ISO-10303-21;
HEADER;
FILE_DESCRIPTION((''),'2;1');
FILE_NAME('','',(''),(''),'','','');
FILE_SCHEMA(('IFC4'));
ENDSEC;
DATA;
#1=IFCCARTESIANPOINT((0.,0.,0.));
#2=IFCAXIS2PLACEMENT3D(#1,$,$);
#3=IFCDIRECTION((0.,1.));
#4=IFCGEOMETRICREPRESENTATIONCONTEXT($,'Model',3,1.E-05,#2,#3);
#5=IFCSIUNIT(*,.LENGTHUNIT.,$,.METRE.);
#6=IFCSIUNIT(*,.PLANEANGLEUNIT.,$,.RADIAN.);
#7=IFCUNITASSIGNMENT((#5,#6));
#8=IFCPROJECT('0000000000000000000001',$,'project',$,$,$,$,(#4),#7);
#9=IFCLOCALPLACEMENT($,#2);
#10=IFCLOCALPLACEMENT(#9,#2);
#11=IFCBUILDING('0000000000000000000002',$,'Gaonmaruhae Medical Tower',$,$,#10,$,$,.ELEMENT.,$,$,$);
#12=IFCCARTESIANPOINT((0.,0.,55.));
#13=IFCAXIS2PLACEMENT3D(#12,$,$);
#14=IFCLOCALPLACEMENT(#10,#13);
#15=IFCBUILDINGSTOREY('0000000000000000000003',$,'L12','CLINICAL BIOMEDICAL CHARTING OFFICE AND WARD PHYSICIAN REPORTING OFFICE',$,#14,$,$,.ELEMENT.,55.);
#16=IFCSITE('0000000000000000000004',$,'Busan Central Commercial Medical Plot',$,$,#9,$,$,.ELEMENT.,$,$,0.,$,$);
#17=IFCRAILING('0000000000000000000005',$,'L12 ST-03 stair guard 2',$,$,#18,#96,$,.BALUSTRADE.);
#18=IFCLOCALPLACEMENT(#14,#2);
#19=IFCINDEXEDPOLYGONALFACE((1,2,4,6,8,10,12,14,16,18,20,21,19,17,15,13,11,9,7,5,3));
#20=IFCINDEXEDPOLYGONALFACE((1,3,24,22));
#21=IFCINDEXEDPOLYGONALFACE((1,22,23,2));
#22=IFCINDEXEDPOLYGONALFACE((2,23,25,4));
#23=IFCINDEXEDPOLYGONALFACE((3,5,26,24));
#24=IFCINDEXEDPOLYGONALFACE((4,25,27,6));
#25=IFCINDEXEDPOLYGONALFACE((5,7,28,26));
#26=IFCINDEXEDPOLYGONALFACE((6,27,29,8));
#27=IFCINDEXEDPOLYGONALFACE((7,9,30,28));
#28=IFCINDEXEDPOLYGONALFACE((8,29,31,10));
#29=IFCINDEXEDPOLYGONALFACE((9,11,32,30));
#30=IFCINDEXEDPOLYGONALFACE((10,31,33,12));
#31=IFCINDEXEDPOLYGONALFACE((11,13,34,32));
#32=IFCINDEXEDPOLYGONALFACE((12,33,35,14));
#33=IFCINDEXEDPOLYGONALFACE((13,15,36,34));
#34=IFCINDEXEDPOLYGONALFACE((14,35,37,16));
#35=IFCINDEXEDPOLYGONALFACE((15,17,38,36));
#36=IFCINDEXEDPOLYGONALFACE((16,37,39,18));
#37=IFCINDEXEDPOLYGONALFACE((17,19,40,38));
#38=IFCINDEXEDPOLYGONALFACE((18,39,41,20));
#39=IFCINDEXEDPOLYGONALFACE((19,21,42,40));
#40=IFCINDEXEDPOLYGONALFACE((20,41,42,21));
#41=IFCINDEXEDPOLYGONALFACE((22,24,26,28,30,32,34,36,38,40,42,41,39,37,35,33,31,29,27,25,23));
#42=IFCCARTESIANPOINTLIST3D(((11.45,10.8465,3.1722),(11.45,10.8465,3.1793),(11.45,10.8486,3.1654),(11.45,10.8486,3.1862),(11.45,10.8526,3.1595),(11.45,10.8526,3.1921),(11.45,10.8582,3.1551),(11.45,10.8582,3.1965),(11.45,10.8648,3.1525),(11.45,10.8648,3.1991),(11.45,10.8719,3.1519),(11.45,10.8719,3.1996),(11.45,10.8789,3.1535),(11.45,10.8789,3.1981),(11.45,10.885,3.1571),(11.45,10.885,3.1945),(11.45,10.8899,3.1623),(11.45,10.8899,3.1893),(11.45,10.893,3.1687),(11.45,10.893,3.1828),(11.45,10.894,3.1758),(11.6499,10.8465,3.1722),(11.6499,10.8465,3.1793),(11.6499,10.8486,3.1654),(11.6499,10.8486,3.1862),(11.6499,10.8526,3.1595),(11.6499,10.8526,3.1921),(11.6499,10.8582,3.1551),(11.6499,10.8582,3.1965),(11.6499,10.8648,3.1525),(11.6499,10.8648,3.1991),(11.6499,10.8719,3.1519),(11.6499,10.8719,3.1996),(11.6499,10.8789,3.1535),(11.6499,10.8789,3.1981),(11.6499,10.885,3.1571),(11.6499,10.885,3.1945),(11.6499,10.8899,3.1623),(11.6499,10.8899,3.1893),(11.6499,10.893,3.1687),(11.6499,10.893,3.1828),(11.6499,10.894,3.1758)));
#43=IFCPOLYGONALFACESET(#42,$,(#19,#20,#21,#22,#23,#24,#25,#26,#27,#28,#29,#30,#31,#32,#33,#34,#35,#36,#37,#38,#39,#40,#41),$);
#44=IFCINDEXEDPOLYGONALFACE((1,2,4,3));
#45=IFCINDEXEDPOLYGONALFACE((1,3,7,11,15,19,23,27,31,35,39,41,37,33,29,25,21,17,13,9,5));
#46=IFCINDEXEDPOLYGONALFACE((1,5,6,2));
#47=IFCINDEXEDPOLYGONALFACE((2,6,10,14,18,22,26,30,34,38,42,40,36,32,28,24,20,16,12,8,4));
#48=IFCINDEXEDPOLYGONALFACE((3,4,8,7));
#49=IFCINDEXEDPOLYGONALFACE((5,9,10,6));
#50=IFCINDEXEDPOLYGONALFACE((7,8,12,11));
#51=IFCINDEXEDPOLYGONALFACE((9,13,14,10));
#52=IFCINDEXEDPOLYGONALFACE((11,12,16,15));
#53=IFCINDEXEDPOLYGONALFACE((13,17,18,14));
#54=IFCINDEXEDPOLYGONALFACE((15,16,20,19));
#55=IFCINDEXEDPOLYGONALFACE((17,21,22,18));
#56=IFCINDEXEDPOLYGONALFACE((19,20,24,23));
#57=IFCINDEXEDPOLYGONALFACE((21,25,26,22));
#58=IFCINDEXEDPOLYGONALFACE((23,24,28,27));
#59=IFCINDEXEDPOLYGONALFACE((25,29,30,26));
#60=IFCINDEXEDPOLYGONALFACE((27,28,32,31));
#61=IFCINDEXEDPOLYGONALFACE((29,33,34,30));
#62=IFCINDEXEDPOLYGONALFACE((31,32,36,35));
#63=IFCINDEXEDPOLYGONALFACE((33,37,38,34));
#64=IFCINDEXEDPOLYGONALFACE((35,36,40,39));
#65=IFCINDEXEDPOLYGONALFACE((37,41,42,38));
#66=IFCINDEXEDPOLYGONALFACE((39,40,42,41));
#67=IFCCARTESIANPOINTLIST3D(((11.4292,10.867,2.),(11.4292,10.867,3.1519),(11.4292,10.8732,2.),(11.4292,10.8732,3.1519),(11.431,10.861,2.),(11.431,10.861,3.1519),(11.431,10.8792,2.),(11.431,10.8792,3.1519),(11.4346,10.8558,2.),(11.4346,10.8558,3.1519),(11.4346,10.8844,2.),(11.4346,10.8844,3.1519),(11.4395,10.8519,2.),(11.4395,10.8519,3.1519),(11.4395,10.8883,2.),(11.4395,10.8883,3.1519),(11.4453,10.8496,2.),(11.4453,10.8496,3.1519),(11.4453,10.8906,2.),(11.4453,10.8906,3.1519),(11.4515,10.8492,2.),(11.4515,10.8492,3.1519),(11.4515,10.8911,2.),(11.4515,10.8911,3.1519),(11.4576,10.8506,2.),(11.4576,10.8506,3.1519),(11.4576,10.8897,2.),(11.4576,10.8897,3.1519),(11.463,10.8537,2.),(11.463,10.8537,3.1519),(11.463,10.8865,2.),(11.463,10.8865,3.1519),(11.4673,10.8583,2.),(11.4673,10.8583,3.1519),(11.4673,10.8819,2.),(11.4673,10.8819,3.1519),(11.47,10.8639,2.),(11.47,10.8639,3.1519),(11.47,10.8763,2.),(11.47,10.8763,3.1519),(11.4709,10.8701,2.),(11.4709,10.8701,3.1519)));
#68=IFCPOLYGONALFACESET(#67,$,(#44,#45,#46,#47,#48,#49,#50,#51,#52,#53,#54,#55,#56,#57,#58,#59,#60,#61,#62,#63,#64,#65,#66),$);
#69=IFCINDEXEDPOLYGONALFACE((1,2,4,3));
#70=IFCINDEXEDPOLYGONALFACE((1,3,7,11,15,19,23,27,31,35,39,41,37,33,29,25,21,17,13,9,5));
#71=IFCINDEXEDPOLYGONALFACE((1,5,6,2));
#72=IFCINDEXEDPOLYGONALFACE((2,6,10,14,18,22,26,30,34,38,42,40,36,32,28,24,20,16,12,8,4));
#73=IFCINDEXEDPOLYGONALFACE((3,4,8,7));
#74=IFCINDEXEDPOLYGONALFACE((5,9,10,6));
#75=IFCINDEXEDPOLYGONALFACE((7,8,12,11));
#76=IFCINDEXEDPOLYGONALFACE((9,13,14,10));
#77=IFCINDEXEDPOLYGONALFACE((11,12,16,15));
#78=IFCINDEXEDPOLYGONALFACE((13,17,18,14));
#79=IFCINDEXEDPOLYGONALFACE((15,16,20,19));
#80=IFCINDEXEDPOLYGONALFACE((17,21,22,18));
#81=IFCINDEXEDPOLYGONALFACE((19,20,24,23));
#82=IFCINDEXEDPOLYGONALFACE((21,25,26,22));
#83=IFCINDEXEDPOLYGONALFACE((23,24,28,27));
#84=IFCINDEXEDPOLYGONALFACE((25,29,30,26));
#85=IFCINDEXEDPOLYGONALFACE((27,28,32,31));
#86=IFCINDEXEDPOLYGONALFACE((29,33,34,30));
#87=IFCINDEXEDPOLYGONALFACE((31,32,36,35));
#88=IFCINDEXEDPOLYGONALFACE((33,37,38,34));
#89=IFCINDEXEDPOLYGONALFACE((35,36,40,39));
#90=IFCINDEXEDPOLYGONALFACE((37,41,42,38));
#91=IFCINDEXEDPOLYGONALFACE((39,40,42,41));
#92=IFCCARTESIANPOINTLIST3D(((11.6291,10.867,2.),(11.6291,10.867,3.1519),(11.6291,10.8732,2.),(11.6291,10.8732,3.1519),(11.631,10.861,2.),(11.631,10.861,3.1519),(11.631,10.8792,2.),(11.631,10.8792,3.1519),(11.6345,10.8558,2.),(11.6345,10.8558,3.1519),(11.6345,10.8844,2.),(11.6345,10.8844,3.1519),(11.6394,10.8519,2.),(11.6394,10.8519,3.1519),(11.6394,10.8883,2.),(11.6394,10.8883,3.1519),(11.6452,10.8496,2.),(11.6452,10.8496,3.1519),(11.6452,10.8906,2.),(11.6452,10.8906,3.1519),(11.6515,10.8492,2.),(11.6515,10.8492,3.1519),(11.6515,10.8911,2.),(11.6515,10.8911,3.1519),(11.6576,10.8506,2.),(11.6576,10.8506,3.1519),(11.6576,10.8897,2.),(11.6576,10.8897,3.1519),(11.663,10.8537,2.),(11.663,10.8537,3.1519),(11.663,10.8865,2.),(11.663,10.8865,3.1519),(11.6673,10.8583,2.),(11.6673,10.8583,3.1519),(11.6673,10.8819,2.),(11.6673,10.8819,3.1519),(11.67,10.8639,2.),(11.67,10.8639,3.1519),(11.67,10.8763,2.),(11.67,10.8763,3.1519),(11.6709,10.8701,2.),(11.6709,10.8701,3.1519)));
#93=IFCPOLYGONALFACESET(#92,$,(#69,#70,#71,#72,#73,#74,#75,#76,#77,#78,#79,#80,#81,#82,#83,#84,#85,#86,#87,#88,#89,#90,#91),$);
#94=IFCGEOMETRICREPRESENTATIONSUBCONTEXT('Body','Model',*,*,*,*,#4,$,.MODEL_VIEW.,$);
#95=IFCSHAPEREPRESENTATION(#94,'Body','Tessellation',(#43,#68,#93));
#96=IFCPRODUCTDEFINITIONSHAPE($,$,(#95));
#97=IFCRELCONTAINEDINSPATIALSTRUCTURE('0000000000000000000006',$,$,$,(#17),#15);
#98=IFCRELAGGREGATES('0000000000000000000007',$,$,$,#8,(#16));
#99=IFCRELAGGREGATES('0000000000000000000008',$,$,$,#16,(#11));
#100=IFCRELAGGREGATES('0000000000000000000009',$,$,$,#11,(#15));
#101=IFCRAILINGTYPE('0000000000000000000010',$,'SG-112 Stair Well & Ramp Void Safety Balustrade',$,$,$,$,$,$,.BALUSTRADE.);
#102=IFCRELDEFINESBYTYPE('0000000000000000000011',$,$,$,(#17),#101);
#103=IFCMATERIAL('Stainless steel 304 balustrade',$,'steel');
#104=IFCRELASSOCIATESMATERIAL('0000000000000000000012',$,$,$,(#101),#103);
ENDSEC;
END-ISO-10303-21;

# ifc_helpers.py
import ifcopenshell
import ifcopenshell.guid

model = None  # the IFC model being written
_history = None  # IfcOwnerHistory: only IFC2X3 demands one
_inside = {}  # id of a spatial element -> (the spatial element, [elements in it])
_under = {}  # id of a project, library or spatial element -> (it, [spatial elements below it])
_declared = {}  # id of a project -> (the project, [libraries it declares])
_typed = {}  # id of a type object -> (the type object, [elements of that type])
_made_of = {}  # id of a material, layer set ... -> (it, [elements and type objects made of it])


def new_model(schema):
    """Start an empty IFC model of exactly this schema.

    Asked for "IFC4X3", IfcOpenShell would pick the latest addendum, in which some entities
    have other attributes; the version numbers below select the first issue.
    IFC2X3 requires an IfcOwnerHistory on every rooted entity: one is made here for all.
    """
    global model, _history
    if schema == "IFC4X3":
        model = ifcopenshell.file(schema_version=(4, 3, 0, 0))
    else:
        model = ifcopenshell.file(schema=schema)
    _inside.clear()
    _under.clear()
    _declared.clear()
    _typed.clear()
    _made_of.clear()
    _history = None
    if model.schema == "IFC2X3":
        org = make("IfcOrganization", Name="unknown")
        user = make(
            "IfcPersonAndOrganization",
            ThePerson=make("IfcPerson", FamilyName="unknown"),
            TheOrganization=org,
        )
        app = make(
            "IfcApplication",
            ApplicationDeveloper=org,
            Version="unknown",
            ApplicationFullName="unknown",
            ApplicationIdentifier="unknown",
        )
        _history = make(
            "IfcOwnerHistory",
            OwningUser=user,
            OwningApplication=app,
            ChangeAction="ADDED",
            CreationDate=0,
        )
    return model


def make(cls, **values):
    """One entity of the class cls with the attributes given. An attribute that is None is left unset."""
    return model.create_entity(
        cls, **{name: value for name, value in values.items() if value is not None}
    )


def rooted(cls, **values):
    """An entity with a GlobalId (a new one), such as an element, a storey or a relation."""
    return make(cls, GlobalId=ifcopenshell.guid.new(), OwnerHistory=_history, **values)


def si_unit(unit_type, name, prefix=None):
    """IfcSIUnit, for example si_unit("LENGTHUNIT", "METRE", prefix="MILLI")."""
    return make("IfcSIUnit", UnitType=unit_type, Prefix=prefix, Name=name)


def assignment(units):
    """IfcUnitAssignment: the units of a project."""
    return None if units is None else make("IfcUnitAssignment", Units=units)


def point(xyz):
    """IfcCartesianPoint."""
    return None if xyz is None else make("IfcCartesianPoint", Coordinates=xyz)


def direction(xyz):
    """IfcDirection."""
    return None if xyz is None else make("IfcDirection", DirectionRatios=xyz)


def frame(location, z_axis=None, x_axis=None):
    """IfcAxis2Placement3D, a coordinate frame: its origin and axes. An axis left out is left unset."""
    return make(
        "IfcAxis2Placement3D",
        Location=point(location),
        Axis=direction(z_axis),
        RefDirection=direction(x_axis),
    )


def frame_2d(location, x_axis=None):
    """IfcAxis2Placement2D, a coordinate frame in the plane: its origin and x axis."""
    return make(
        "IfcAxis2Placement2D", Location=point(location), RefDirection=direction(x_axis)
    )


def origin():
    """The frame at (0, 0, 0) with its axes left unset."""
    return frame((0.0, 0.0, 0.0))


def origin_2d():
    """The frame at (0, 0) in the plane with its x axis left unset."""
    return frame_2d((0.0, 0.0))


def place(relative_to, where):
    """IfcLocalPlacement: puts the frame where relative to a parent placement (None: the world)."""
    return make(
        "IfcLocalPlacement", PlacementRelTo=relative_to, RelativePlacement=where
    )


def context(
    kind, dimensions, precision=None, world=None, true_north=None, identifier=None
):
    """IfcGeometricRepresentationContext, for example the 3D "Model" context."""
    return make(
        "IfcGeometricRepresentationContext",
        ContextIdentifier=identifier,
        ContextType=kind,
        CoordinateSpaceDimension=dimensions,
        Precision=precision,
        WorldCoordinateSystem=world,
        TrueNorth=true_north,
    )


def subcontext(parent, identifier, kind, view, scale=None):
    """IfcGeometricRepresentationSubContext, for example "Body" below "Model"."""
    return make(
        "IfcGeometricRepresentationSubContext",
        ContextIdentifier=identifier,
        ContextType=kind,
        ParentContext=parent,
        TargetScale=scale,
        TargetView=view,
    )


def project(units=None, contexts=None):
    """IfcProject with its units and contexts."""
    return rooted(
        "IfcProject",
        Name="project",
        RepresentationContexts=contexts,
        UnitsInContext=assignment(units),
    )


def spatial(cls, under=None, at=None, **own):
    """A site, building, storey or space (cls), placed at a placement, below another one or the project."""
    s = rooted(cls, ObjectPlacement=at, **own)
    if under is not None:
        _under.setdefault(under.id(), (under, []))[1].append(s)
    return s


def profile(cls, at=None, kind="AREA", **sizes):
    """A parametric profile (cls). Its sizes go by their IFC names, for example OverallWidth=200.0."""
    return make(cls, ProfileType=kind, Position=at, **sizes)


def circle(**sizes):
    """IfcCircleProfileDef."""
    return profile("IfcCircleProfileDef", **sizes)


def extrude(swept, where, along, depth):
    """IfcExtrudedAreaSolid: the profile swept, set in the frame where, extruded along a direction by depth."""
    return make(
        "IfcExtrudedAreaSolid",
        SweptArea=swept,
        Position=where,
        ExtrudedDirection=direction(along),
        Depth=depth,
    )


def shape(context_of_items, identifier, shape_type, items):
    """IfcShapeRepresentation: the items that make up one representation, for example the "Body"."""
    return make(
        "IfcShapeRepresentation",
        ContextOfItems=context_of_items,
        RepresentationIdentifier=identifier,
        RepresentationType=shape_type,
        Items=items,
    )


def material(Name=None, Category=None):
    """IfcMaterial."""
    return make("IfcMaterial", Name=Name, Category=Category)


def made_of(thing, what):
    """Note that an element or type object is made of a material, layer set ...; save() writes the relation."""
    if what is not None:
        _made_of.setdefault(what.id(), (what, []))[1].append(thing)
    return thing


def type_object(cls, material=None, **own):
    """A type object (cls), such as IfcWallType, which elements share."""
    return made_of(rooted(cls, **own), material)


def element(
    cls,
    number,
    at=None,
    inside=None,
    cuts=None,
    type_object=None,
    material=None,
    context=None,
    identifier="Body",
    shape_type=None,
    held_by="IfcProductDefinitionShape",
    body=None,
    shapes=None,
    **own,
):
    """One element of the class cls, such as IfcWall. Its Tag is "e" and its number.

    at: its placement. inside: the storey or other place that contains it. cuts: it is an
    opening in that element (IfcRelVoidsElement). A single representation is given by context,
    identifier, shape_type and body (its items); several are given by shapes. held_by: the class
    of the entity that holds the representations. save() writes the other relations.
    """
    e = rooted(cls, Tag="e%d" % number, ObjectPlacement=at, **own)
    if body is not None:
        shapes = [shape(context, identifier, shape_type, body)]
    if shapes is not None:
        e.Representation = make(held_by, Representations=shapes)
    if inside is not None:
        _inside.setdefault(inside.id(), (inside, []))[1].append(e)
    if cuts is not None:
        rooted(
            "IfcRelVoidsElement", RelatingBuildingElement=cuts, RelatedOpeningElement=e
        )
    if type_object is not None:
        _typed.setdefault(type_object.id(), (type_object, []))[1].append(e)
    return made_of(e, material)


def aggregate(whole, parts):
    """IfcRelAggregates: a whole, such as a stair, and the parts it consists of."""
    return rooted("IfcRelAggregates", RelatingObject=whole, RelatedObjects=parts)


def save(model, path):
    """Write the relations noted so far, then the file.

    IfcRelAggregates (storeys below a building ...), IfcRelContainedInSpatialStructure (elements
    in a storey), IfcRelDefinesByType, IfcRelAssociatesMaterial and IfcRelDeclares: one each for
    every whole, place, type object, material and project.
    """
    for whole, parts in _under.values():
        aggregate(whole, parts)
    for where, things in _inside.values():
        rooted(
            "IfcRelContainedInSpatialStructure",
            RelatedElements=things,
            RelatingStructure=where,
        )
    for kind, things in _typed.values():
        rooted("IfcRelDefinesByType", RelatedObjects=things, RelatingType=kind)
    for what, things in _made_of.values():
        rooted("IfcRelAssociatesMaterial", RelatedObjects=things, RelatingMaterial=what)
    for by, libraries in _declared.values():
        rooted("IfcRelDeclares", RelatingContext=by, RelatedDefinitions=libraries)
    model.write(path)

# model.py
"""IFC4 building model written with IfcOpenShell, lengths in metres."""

from ifc_helpers import new_model, si_unit, direction, frame, origin, origin_2d, place, context, subcontext, project, spatial, circle, extrude, material, type_object, element, save


model = new_model("IFC4")

# Units and contexts
model_context = context("Model", 3, precision=1e-05, world=origin(), true_north=direction((0.0, 1.0)))
body_context = subcontext(model_context, "Body", "Model", "MODEL_VIEW")
ifc_project = project(units=[si_unit("LENGTHUNIT", "METRE"), si_unit("PLANEANGLEUNIT", "RADIAN")], contexts=[model_context])

# Site, building, storey
site_placement = place(None, origin())
site = spatial("IfcSite", under=ifc_project, at=site_placement, Name="Busan Central Commercial Medical Plot", CompositionType="ELEMENT", RefElevation=0.0)
building_placement = place(site_placement, origin())
building = spatial("IfcBuilding", under=site, at=building_placement, Name="Gaonmaruhae Medical Tower", CompositionType="ELEMENT")
storey_placement = place(building_placement, frame((0.0, 0.0, 55.0)))
storey = spatial("IfcBuildingStorey", under=building, at=storey_placement, Name="L12", Description="CLINICAL BIOMEDICAL CHARTING OFFICE AND WARD PHYSICIAN REPORTING OFFICE", CompositionType="ELEMENT", Elevation=55.0)

# Railing
ifc_material_1 = material(Name="Stainless steel 304 balustrade", Category="steel")
railing_type_1 = type_object("IfcRailingType", Name="SG-112 Stair Well & Ramp Void Safety Balustrade", PredefinedType="BALUSTRADE", material=ifc_material_1)
railing_1_placement = place(storey_placement, frame((11.45, 10.8701, 2.0)))
element("IfcRailing", 1, at=railing_1_placement, inside=storey, type_object=railing_type_1, Name="L12 ST-03 stair guard 2", PredefinedType="BALUSTRADE", context=body_context, shape_type="SweptSolid", body=[
    extrude(circle(Radius=0.0239, at=origin_2d()), frame((0.0, 0.0, 1.1758), z_axis=(1.0, 0.0, 0.0), x_axis=(0.0, 1.0, 0.0)), (0.0, 0.0, 1.0), 0.2),
    extrude(circle(Radius=0.021, at=origin_2d()), origin(), (0.0, 0.0, 1.0), 1.1519),
    extrude(circle(Radius=0.021, at=origin_2d()), frame((0.2, 0.0, 0.0)), (0.0, 0.0, 1.0), 1.1519),
])

save(model, "model.ifc")
